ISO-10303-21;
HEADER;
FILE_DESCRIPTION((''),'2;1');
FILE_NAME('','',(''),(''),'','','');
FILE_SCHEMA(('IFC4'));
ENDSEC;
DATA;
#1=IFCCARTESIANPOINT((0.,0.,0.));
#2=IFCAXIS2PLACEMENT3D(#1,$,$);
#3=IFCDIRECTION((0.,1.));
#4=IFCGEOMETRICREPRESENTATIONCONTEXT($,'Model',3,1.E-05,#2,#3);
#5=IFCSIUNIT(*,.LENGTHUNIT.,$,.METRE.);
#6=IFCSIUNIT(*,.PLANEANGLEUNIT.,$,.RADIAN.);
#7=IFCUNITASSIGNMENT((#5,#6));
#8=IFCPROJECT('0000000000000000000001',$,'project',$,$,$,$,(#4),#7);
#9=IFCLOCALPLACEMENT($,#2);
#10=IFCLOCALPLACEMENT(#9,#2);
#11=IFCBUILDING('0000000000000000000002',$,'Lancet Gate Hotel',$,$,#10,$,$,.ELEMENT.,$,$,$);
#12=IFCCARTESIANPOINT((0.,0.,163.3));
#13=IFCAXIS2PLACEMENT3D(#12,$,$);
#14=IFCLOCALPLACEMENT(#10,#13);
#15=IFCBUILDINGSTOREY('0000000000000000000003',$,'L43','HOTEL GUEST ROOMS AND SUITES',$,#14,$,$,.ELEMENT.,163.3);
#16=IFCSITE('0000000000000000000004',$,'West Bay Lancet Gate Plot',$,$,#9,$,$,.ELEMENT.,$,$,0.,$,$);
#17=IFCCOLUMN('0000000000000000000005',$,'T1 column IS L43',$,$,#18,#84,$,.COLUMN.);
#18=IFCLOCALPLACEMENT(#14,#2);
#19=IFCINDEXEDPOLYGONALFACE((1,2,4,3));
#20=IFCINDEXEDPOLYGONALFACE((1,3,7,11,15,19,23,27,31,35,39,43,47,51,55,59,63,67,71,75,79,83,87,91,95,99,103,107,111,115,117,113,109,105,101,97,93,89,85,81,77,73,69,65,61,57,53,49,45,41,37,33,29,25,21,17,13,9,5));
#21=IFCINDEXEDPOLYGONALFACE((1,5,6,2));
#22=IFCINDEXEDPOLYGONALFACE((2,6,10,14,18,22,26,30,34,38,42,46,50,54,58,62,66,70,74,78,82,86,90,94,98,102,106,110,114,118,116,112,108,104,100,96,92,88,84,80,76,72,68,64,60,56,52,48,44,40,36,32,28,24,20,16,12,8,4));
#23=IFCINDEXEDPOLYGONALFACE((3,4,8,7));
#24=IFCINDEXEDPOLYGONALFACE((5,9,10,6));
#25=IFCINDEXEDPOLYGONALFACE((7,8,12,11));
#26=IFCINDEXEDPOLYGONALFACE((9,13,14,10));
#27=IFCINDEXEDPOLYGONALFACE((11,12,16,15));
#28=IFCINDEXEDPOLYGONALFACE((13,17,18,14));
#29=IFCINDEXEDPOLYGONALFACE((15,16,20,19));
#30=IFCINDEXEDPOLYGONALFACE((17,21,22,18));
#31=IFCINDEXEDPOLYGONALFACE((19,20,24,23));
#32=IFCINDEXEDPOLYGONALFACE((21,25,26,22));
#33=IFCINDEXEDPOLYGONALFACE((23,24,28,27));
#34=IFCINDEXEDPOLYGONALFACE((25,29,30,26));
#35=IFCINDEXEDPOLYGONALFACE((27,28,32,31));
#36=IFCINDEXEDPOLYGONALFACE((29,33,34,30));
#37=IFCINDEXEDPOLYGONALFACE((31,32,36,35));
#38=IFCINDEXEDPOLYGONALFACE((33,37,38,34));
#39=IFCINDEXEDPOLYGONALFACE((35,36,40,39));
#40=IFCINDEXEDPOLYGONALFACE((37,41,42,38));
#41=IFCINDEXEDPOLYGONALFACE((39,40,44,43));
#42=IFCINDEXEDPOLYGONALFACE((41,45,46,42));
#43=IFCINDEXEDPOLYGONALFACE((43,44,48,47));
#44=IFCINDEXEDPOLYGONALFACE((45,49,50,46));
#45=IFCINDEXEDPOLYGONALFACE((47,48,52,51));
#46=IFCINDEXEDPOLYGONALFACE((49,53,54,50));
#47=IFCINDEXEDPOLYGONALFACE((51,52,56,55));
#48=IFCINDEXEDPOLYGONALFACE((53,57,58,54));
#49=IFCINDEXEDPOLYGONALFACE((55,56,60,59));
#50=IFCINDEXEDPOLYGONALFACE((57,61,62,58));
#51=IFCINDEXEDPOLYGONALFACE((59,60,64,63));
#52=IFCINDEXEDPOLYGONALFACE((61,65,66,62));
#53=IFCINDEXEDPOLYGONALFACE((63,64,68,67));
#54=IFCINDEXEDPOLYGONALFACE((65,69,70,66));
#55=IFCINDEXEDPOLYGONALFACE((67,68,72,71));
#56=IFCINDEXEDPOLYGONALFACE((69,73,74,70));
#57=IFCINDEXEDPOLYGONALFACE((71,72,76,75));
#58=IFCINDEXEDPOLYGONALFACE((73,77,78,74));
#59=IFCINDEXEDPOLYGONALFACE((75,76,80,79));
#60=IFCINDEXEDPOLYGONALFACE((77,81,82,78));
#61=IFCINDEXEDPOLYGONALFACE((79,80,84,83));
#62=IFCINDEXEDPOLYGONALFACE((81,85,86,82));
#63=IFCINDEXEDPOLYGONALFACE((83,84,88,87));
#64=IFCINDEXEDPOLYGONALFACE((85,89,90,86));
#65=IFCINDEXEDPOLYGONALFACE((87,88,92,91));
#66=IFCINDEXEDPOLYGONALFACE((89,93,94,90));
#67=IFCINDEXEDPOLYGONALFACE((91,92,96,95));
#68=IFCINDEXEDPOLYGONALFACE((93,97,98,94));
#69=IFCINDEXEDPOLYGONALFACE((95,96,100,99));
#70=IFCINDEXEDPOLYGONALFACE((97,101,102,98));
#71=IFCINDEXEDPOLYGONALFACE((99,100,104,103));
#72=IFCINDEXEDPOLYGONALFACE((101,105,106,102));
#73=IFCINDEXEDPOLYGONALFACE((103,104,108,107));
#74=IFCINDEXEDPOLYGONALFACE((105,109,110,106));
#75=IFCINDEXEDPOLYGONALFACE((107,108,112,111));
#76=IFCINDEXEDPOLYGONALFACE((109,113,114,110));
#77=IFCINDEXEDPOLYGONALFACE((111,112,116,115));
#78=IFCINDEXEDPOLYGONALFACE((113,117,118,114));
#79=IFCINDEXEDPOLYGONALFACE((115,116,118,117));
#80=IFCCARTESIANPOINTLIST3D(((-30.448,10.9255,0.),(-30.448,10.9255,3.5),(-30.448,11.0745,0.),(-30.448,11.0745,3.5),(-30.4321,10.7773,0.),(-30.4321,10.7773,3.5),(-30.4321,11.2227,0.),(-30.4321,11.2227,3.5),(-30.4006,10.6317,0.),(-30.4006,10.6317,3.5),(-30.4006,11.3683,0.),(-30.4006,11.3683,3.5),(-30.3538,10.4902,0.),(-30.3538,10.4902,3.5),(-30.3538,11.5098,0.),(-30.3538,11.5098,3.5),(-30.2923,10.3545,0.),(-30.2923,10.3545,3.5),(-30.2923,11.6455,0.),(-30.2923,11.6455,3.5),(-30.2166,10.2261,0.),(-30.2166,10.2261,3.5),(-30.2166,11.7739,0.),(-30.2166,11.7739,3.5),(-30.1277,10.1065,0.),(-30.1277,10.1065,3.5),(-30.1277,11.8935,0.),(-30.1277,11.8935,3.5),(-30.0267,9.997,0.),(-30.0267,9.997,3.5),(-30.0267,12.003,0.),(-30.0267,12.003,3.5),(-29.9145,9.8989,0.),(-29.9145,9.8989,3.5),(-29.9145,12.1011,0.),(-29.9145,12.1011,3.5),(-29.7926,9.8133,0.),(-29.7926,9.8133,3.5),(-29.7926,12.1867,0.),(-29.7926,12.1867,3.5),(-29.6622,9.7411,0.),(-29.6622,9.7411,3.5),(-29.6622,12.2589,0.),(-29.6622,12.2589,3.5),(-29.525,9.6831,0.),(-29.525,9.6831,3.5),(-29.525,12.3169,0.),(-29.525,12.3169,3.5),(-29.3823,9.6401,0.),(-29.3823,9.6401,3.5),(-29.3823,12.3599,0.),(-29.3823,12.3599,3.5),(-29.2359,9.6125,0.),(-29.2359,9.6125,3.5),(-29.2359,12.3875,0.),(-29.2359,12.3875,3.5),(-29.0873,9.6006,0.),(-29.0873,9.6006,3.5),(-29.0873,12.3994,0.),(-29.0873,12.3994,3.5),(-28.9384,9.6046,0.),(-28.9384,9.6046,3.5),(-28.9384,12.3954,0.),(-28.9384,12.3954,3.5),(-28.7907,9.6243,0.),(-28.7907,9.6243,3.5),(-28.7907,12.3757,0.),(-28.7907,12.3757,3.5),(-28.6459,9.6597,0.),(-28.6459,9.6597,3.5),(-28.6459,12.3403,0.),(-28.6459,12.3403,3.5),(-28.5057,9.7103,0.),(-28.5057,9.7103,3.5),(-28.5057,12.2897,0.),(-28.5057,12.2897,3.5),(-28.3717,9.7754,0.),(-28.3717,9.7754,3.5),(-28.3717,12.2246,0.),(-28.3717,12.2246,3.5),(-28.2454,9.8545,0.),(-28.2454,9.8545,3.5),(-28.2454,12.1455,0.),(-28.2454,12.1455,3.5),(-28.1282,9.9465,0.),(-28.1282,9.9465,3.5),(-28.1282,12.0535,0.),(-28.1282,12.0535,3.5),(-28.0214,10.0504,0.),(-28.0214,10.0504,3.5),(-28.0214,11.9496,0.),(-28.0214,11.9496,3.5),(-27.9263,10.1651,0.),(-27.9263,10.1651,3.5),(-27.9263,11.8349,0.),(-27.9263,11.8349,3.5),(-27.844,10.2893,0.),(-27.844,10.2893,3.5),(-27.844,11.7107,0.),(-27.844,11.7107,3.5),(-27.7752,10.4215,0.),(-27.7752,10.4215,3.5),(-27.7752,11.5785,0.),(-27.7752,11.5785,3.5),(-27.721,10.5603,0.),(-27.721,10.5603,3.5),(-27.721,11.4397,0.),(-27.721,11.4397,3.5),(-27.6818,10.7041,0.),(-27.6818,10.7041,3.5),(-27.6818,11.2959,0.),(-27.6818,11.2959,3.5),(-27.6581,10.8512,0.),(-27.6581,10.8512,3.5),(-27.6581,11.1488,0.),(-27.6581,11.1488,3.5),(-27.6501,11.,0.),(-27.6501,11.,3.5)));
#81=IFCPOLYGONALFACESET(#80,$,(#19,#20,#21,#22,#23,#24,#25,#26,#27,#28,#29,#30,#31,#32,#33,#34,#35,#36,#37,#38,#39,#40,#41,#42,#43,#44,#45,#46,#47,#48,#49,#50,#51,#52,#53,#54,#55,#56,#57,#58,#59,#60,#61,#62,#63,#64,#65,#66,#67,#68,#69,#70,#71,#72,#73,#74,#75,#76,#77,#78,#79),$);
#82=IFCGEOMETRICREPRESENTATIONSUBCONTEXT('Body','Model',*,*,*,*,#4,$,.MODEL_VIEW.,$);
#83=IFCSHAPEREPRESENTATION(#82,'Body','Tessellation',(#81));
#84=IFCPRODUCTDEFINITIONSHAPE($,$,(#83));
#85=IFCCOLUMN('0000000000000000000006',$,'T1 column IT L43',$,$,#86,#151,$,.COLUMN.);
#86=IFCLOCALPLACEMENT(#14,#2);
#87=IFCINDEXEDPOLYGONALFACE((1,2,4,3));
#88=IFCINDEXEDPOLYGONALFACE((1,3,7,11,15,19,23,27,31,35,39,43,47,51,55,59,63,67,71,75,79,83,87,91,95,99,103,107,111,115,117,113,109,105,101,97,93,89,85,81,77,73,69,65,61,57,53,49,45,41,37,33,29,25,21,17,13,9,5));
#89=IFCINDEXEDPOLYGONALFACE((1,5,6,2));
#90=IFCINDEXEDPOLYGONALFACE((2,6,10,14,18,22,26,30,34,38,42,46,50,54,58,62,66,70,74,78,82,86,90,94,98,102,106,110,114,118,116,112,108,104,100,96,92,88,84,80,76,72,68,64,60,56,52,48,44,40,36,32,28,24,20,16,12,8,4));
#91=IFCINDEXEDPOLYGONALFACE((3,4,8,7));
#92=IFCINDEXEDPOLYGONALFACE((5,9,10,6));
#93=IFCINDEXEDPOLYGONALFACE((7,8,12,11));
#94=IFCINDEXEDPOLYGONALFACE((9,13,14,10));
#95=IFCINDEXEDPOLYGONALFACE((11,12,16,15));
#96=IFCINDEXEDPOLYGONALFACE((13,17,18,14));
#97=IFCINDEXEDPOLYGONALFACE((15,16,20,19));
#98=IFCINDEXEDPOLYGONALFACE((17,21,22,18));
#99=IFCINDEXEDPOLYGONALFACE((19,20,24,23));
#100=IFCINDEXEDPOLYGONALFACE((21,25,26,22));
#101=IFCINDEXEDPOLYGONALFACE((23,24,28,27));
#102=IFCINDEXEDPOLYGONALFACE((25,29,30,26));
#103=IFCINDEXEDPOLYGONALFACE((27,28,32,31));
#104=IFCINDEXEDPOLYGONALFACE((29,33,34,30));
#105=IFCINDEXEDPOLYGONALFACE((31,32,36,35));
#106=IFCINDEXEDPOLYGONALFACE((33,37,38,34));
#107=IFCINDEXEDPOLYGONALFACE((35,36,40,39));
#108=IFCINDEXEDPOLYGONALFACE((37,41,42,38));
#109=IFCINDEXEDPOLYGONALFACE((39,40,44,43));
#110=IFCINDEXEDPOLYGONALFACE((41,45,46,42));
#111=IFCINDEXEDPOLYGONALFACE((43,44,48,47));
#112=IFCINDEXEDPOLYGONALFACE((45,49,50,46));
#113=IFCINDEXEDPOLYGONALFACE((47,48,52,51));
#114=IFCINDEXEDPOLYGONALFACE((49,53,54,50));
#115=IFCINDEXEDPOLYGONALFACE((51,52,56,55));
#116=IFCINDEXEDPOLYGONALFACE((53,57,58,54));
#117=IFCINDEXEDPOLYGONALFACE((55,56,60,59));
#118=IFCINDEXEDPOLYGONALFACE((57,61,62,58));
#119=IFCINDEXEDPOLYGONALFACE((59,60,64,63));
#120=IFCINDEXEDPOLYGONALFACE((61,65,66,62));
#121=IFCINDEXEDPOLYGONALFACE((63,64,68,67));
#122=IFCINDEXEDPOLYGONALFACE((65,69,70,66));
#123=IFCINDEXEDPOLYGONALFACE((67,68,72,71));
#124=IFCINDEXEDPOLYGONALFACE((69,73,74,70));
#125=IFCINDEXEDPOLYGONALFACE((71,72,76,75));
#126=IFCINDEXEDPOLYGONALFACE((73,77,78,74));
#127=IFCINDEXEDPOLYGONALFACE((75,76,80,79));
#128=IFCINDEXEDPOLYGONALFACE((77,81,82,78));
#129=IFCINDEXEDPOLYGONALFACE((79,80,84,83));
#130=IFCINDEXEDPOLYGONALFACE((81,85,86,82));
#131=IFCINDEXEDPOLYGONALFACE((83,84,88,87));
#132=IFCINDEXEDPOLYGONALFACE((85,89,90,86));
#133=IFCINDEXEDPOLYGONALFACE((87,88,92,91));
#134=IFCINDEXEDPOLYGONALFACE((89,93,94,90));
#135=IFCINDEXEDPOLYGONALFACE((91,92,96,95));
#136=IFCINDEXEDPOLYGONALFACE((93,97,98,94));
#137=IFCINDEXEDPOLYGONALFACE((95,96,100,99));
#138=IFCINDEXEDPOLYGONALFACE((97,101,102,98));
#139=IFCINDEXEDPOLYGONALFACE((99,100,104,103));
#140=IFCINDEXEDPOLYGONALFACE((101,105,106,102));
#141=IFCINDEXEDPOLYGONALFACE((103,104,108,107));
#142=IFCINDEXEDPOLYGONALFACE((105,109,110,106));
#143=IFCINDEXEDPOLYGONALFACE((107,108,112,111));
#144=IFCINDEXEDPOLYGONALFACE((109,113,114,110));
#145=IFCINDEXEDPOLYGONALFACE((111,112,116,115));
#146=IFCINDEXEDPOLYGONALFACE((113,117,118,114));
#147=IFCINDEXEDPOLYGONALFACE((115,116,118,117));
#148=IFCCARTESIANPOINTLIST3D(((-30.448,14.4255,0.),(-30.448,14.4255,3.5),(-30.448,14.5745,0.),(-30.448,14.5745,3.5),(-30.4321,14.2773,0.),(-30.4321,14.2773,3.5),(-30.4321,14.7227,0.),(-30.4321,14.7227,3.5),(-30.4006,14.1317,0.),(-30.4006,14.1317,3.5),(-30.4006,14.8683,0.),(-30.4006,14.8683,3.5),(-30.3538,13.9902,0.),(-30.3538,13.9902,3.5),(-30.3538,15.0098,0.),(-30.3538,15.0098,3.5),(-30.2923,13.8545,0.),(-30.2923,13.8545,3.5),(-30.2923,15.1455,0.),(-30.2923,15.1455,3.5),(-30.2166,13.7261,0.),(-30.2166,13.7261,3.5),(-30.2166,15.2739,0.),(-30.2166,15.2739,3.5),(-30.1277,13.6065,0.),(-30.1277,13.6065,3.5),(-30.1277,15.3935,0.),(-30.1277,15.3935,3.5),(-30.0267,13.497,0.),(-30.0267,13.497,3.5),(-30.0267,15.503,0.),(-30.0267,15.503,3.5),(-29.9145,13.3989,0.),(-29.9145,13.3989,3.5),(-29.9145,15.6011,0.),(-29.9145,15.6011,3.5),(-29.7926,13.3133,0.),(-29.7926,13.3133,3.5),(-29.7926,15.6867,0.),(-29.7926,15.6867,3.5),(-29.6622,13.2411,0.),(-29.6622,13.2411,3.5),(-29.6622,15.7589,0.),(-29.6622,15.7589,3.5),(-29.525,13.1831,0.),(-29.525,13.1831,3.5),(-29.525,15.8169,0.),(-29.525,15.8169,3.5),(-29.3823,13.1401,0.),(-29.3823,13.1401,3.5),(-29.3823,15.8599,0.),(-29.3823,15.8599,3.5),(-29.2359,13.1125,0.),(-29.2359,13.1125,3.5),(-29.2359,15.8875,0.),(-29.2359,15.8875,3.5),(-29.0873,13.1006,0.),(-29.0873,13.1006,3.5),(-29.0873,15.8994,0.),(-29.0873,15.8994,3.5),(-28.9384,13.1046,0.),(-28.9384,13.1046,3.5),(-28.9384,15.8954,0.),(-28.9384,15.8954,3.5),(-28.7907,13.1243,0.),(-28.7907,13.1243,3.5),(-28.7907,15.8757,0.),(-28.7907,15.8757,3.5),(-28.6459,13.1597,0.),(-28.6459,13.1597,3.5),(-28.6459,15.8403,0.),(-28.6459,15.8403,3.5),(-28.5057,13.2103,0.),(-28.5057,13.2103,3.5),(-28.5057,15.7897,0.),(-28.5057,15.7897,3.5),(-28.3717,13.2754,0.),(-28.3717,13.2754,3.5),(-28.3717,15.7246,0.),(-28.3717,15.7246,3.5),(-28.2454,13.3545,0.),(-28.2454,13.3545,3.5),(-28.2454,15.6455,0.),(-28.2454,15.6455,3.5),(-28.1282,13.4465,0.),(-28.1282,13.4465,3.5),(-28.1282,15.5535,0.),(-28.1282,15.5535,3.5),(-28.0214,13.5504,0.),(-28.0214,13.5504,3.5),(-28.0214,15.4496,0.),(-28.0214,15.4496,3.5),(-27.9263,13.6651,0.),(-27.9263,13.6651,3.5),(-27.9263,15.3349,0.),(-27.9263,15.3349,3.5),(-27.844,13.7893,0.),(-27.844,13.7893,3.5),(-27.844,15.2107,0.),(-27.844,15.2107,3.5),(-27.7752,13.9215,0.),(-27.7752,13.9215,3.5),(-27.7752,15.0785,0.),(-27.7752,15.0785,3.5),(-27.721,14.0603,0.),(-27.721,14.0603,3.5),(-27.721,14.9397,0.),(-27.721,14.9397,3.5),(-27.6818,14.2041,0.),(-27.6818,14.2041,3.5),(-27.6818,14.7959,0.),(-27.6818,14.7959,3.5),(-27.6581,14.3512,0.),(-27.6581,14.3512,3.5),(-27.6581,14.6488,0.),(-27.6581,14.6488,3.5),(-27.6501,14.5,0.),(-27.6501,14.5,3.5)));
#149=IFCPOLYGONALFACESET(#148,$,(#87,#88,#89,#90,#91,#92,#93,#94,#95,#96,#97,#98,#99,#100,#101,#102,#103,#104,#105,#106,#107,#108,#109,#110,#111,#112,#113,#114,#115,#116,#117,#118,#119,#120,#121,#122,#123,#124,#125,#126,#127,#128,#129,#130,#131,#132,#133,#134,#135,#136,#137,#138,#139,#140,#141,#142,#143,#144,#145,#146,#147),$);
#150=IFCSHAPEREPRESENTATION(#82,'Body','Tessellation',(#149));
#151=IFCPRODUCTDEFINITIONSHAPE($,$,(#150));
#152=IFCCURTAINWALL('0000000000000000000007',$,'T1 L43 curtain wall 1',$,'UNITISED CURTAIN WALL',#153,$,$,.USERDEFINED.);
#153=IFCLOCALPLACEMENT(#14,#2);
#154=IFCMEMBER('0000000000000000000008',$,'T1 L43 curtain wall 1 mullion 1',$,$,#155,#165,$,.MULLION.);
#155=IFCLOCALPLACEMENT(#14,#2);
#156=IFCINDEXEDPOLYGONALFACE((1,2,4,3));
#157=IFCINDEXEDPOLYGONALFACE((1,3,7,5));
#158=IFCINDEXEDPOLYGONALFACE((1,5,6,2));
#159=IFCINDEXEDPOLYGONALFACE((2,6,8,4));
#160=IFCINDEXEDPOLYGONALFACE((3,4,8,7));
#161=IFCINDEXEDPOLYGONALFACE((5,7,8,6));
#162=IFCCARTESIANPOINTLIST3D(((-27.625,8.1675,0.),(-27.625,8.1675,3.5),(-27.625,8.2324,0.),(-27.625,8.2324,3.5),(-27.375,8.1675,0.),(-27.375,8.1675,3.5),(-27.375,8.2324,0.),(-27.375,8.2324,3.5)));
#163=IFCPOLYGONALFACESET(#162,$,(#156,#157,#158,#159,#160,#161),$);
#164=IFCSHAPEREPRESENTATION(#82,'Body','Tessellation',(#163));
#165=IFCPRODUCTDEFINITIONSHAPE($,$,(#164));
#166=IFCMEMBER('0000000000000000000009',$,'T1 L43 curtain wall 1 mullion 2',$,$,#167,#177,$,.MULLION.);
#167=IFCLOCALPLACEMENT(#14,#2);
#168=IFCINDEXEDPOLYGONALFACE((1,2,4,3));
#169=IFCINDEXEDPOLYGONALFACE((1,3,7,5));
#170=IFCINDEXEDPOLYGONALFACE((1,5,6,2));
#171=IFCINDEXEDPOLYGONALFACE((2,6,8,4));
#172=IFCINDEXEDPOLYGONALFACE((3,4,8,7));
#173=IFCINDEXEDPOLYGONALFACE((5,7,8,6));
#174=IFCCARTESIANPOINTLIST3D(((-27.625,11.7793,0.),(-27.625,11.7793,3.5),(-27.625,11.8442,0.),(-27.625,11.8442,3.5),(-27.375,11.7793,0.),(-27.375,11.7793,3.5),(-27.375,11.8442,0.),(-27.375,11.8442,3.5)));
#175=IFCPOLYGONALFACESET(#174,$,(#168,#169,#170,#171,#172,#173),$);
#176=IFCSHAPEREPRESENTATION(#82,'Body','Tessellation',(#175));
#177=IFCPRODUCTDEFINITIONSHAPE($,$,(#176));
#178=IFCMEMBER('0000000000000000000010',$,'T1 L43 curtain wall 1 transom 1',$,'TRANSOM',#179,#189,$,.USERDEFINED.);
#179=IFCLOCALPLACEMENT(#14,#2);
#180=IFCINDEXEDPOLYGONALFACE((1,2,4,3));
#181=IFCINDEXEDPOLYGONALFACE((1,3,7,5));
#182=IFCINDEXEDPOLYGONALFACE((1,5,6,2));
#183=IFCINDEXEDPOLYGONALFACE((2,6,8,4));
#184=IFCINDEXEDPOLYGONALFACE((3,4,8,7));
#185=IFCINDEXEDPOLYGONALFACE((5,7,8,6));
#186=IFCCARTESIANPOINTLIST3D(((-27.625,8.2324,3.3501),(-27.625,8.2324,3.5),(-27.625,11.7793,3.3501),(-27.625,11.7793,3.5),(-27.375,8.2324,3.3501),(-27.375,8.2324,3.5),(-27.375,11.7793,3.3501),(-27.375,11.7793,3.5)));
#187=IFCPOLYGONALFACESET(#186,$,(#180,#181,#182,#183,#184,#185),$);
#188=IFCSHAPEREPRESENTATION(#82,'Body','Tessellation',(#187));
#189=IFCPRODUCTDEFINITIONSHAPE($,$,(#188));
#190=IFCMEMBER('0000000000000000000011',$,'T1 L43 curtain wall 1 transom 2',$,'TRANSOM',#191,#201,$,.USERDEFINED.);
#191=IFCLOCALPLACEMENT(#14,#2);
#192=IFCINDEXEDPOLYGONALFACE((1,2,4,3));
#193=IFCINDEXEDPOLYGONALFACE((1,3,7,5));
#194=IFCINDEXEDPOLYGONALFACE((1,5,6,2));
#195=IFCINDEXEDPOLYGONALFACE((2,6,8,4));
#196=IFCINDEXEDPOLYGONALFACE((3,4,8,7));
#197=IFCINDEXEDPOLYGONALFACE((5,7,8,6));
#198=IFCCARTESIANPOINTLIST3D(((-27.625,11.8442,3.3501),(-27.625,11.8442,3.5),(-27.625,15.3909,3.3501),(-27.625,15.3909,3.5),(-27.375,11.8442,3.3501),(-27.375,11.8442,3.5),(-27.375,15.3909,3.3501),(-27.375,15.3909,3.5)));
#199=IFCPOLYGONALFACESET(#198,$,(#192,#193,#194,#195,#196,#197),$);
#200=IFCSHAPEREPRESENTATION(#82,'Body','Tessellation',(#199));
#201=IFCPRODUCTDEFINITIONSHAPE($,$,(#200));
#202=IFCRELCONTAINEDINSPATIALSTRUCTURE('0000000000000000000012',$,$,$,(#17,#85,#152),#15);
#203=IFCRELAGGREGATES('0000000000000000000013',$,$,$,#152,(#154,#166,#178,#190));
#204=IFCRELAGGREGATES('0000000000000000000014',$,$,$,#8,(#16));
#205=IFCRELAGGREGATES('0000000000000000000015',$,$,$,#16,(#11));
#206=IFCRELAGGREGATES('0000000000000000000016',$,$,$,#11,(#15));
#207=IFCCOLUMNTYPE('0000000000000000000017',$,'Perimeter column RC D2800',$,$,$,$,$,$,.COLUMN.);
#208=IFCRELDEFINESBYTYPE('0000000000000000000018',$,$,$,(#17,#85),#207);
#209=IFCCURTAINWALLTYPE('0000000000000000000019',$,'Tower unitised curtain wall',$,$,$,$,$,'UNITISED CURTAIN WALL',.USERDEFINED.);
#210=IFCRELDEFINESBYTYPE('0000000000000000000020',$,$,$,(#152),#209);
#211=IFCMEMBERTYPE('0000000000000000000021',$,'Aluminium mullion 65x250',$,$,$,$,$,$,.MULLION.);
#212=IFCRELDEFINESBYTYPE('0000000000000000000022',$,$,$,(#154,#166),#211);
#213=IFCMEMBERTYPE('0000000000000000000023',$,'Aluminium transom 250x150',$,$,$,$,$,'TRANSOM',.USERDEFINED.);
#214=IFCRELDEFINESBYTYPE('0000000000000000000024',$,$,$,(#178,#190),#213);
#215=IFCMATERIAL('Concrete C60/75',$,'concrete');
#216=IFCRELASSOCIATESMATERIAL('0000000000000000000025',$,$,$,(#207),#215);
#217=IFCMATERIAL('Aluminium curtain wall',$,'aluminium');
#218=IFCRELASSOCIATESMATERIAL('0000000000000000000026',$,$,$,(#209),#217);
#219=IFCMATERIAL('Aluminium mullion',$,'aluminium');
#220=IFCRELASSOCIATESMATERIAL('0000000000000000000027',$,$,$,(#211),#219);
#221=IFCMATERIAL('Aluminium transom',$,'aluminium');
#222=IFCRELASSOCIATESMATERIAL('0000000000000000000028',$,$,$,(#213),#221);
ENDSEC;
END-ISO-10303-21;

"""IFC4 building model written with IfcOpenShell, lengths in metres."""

from ifc_helpers import new_model, si_unit, direction, frame, origin, origin_2d, place, context, subcontext, project, spatial, rectangle, circle, extrude, material, material_profile, profile_set, type_object, element, aggregate, save


model = new_model("IFC4")

# Units and contexts
model_context = context("Model", 3, precision=1e-05, world=origin(), true_north=direction((0.0, 1.0)))
body_context = subcontext(model_context, "Body", "Model", "MODEL_VIEW")
ifc_project = project(units=[si_unit("LENGTHUNIT", "METRE"), si_unit("PLANEANGLEUNIT", "RADIAN")], contexts=[model_context])

# Site, building, storey
site_placement = place(None, origin())
site = spatial("IfcSite", under=ifc_project, at=site_placement, Name="West Bay Lancet Gate Plot", CompositionType="ELEMENT", RefElevation=0.0)
building_placement = place(site_placement, origin())
building = spatial("IfcBuilding", under=site, at=building_placement, Name="Lancet Gate Hotel", CompositionType="ELEMENT")
storey_placement = place(building_placement, frame((0.0, 0.0, 163.3)))
storey = spatial("IfcBuildingStorey", under=building, at=storey_placement, Name="L43", Description="HOTEL GUEST ROOMS AND SUITES", CompositionType="ELEMENT", Elevation=163.3)

# Columns
ifc_material_1 = material(Name="Concrete C60/75", Category="concrete")
ifc_material_profile_1 = material_profile(ifc_material_1, circle(Radius=1.3999, at=origin_2d()), Name="RC D2800")
ifc_profile_set_1 = profile_set([ifc_material_profile_1], Name="Concrete C60/75")
column_type = type_object("IfcColumnType", Name="Perimeter column RC D2800", PredefinedType="COLUMN", material=ifc_profile_set_1)
for number, where, z_axis, x_axis, name in (
    (1, (-29.05, 11.0, 0.0), (0.0, 0.0, 1.0), (1.0, 0.0, 0.0), "T1 column IS L43"),
    (2, (-29.05, 14.5, 0.0), (0.0, 0.0, 1.0), (1.0, 0.0, 0.0), "T1 column IT L43"),
):
    element("IfcColumn", number, at=place(storey_placement, frame(where, z_axis=z_axis, x_axis=x_axis)), inside=storey, type_object=column_type, Name=name, PredefinedType="COLUMN", context=body_context, shape_type="SweptSolid", body=[
        extrude(circle(Radius=1.3999, at=origin_2d()), origin(), (0.0, 0.0, 1.0), 3.5),
    ])

# Curtain wall, members
ifc_material_2 = material(Name="Aluminium curtain wall", Category="aluminium")
curtain_wall_type = type_object("IfcCurtainWallType", Name="Tower unitised curtain wall", ElementType="UNITISED CURTAIN WALL", PredefinedType="USERDEFINED", material=ifc_material_2)
curtain_wall_placement = place(storey_placement, origin())
curtain_wall = element("IfcCurtainWall", 3, at=curtain_wall_placement, inside=storey, type_object=curtain_wall_type, Name="T1 L43 curtain wall 1", ObjectType="UNITISED CURTAIN WALL", PredefinedType="USERDEFINED")
ifc_material_3 = material(Name="Aluminium mullion", Category="aluminium")
ifc_material_profile_2 = material_profile(ifc_material_3, rectangle(XDim=0.0649, YDim=0.25, at=origin_2d()), Name="MULLION 65x250")
ifc_profile_set_2 = profile_set([ifc_material_profile_2], Name="Aluminium mullion")
member_type_1 = type_object("IfcMemberType", Name="Aluminium mullion 65x250", PredefinedType="MULLION", material=ifc_profile_set_2)
member_1_placement = place(storey_placement, frame((-27.5, 8.2, 0.0), z_axis=(0.0, 0.0, 1.0), x_axis=(0.0, 1.0, 0.0)))
member_1 = element("IfcMember", 4, at=member_1_placement, type_object=member_type_1, Name="T1 L43 curtain wall 1 mullion 1", PredefinedType="MULLION", context=body_context, shape_type="SweptSolid", body=[
    extrude(rectangle(XDim=0.0649, YDim=0.25, at=origin_2d()), origin(), (0.0, 0.0, 1.0), 3.5),
])
member_2_placement = place(storey_placement, frame((-27.5, 11.8118, 0.0), z_axis=(0.0, 0.0, 1.0), x_axis=(0.0, 1.0, 0.0)))
member_2 = element("IfcMember", 5, at=member_2_placement, type_object=member_type_1, Name="T1 L43 curtain wall 1 mullion 2", PredefinedType="MULLION", context=body_context, shape_type="SweptSolid", body=[
    extrude(rectangle(XDim=0.0649, YDim=0.25, at=origin_2d()), origin(), (0.0, 0.0, 1.0), 3.5),
])
ifc_material_4 = material(Name="Aluminium transom", Category="aluminium")
ifc_material_profile_3 = material_profile(ifc_material_4, rectangle(XDim=0.25, YDim=0.1499, at=origin_2d()), Name="TRANSOM 250x150")
ifc_profile_set_3 = profile_set([ifc_material_profile_3], Name="Aluminium transom")
member_type_2 = type_object("IfcMemberType", Name="Aluminium transom 250x150", ElementType="TRANSOM", PredefinedType="USERDEFINED", material=ifc_profile_set_3)
member_3_placement = place(storey_placement, frame((-27.5, 8.2324, 3.425), z_axis=(0.0, 1.0, 0.0), x_axis=(-1.0, 0.0, 0.0)))
member_3 = element("IfcMember", 6, at=member_3_placement, type_object=member_type_2, Name="T1 L43 curtain wall 1 transom 1", ObjectType="TRANSOM", PredefinedType="USERDEFINED", context=body_context, shape_type="SweptSolid", body=[
    extrude(rectangle(XDim=0.25, YDim=0.1499, at=origin_2d()), origin(), (0.0, 0.0, 1.0), 3.5469),
])
member_4_placement = place(storey_placement, frame((-27.5, 11.8442, 3.425), z_axis=(0.0, 1.0, 0.0), x_axis=(-1.0, 0.0, 0.0)))
member_4 = element("IfcMember", 7, at=member_4_placement, type_object=member_type_2, Name="T1 L43 curtain wall 1 transom 2", ObjectType="TRANSOM", PredefinedType="USERDEFINED", context=body_context, shape_type="SweptSolid", body=[
    extrude(rectangle(XDim=0.25, YDim=0.1499, at=origin_2d()), origin(), (0.0, 0.0, 1.0), 3.5466),
])

aggregate(curtain_wall, [member_1, member_2, member_3, member_4])

save(model, "model.ifc")
